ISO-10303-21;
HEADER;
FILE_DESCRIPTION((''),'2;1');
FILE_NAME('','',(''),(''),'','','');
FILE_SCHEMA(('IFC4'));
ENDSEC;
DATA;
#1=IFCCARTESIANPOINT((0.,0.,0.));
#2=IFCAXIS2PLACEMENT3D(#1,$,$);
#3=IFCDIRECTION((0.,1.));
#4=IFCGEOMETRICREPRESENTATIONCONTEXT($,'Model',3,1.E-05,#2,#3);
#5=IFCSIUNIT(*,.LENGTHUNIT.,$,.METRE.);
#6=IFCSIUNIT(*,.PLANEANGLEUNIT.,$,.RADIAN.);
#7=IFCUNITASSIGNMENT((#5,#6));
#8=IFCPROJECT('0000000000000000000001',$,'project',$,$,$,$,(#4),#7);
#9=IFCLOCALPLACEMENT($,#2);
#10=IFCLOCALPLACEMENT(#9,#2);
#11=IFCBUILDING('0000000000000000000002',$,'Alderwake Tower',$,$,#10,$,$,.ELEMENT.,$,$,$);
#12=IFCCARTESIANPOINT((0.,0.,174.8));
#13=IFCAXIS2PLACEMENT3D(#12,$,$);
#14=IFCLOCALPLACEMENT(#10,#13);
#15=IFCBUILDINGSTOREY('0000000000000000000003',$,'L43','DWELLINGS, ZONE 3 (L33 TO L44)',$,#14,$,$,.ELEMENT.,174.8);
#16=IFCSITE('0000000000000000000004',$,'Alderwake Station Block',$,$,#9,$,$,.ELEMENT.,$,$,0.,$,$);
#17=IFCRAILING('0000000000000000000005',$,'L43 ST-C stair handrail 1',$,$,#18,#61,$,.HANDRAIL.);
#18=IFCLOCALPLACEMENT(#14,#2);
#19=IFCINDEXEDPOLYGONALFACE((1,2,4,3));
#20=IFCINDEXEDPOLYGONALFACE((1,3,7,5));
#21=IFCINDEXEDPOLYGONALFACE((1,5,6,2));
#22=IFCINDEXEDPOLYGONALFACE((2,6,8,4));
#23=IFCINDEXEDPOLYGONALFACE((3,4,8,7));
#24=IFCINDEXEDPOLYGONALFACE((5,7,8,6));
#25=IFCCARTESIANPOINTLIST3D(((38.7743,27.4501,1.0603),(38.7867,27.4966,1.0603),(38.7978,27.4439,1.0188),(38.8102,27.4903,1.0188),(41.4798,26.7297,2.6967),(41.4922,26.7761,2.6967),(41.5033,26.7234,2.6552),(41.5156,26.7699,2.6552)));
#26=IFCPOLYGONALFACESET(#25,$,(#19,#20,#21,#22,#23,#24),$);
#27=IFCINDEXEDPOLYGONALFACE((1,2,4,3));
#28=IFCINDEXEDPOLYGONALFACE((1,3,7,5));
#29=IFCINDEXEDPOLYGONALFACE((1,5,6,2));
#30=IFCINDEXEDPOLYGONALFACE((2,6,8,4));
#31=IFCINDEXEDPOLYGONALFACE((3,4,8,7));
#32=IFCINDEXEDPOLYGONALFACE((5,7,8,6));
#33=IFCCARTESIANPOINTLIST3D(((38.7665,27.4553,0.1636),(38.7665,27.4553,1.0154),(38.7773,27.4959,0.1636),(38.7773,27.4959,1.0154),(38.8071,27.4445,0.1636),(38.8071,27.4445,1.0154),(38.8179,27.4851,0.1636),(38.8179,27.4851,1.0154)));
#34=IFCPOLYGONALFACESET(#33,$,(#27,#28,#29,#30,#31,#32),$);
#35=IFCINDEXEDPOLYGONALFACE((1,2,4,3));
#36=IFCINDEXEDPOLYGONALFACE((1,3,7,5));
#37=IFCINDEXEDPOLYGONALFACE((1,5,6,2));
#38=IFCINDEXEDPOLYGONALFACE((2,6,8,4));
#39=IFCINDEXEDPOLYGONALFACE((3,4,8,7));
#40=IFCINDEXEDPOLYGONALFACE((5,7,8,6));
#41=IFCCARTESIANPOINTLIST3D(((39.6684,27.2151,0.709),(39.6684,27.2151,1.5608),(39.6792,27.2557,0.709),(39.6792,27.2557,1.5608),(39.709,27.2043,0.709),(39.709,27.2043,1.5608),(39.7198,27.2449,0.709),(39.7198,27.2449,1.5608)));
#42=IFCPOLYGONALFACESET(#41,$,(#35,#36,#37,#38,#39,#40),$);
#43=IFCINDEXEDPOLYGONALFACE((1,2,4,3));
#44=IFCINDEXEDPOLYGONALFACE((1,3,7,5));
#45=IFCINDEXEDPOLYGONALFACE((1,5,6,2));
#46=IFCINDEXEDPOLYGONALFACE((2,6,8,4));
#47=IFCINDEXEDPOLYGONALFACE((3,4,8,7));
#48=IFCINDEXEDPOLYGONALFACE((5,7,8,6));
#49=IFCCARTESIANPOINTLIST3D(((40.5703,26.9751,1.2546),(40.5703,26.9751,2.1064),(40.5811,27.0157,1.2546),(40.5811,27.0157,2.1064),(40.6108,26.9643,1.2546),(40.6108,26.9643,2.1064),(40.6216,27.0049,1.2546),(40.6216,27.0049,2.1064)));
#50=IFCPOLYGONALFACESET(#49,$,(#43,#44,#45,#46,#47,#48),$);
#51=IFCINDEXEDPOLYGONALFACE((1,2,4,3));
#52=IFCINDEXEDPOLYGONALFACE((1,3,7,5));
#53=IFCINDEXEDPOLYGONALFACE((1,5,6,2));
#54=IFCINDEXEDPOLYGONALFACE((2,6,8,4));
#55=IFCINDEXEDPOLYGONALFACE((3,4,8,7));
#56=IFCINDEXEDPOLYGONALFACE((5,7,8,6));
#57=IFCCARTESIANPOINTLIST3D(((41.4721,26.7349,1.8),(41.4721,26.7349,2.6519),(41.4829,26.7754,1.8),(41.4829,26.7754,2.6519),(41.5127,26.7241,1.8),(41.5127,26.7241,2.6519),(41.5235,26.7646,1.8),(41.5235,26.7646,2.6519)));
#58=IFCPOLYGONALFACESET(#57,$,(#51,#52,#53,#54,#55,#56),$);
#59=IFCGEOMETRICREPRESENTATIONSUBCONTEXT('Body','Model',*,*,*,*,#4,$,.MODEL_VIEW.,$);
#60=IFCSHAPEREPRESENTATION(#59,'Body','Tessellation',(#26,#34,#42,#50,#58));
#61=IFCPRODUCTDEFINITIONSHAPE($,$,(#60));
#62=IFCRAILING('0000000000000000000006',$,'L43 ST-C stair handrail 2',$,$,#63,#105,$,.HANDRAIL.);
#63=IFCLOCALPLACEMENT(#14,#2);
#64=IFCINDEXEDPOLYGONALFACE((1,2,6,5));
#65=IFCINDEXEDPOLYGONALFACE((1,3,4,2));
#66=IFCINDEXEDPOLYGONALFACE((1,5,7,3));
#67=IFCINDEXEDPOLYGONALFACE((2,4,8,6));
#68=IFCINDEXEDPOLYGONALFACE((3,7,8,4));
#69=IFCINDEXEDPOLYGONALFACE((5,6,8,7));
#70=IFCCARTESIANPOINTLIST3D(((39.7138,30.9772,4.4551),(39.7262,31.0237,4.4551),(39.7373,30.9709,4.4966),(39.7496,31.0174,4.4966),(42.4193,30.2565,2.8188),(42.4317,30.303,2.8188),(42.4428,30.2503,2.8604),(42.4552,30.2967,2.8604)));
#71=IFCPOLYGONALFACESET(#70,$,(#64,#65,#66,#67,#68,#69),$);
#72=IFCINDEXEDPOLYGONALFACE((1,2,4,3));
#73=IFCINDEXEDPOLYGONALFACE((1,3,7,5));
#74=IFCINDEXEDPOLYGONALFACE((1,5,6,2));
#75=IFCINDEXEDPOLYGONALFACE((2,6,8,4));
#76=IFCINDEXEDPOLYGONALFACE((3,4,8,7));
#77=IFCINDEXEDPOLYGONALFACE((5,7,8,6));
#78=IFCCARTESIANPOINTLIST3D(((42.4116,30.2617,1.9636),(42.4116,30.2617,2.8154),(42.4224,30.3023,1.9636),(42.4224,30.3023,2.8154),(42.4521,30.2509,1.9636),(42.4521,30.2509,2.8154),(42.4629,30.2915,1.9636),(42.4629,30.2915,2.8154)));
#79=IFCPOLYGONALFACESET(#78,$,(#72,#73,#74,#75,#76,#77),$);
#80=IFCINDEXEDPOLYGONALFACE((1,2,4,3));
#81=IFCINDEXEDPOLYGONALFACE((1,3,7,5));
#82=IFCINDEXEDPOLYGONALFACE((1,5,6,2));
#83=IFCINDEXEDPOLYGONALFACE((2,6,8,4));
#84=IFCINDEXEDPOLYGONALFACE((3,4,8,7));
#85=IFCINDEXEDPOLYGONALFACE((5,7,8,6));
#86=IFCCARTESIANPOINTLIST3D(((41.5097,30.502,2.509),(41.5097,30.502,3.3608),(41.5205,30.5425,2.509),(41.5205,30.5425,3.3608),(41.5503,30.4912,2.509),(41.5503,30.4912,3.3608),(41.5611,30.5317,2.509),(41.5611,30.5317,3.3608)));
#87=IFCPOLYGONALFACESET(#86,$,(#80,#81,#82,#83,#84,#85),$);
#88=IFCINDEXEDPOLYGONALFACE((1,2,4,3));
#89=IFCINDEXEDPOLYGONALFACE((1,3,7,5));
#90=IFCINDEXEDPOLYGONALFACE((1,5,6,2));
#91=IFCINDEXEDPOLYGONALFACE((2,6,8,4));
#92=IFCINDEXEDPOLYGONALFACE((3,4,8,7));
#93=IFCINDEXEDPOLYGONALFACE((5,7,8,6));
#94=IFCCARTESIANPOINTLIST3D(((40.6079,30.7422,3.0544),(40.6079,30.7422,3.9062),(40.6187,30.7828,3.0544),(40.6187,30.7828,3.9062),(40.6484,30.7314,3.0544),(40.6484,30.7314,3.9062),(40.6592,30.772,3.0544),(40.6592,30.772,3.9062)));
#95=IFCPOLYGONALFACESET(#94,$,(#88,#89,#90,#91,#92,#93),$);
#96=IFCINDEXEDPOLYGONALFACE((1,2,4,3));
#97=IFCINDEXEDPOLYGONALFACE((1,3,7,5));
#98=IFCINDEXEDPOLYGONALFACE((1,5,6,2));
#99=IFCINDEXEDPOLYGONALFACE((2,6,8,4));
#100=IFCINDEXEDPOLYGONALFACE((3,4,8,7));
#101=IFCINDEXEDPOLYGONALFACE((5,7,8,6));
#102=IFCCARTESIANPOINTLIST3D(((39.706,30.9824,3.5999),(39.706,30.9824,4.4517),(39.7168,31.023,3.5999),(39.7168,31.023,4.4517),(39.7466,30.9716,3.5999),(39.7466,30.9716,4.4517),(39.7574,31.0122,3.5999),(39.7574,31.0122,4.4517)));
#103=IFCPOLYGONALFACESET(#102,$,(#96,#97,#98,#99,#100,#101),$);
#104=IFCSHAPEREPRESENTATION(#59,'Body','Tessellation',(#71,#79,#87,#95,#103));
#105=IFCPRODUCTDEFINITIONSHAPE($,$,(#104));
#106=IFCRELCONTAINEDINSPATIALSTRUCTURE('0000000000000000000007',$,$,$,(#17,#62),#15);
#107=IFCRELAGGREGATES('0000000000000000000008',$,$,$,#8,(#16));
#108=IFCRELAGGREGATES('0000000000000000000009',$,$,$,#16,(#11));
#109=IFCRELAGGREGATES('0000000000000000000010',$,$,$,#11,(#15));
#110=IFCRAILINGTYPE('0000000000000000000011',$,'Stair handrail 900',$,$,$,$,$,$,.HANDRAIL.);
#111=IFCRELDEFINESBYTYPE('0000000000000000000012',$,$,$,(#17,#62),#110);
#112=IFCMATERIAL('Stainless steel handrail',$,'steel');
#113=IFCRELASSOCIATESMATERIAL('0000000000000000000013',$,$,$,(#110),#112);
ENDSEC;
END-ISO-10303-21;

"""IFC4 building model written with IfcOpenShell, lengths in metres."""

from ifc_helpers import new_model, si_unit, direction, frame, origin, origin_2d, place, context, subcontext, project, spatial, rectangle, extrude, material, type_object, element, save


model = new_model("IFC4")

# Units and contexts
model_context = context("Model", 3, precision=1e-05, world=origin(), true_north=direction((0.0, 1.0)))
body_context = subcontext(model_context, "Body", "Model", "MODEL_VIEW")
ifc_project = project(units=[si_unit("LENGTHUNIT", "METRE"), si_unit("PLANEANGLEUNIT", "RADIAN")], contexts=[model_context])

# Site, building, storey
site_placement = place(None, origin())
site = spatial("IfcSite", under=ifc_project, at=site_placement, Name="Alderwake Station Block", CompositionType="ELEMENT", RefElevation=0.0)
building_placement = place(site_placement, origin())
building = spatial("IfcBuilding", under=site, at=building_placement, Name="Alderwake Tower", CompositionType="ELEMENT")
storey_placement = place(building_placement, frame((0.0, 0.0, 174.8)))
storey = spatial("IfcBuildingStorey", under=building, at=storey_placement, Name="L43", Description="DWELLINGS, ZONE 3 (L33 TO L44)", CompositionType="ELEMENT", Elevation=174.8)

# Railings
ifc_material_1 = material(Name="Stainless steel handrail", Category="steel")
railing_type_1 = type_object("IfcRailingType", Name="Stair handrail 900", PredefinedType="HANDRAIL", material=ifc_material_1)
railing_1_placement = place(storey_placement, frame((38.7922, 27.4702, 0.1636)))
element("IfcRailing", 1, at=railing_1_placement, inside=storey, type_object=railing_type_1, Name="L43 ST-C stair handrail 1", PredefinedType="HANDRAIL", context=body_context, shape_type="SweptSolid", body=[
    extrude(rectangle(XDim=0.0481, YDim=0.0481, at=origin_2d()), frame((0.0, 0.0, 0.876), z_axis=(0.834273, -0.222157, 0.504614), x_axis=(0.257321, 0.966326, 0.0)), (0.0, 0.0, 1.0), 3.2429),
    extrude(rectangle(XDim=0.042, YDim=0.042, at=origin_2d()), frame((0.0, 0.0, 0.0), z_axis=(0.0, 0.0, 1.0), x_axis=(0.966326, -0.257321, 0.0)), (0.0, 0.0, 1.0), 0.8518),
    extrude(rectangle(XDim=0.042, YDim=0.042, at=origin_2d()), frame((0.9019, -0.2402, 0.5454), z_axis=(0.0, 0.0, 1.0), x_axis=(0.966326, -0.257321, 0.0)), (0.0, 0.0, 1.0), 0.8518),
    extrude(rectangle(XDim=0.042, YDim=0.042, at=origin_2d()), frame((1.8037, -0.4802, 1.0911), z_axis=(0.0, 0.0, 1.0), x_axis=(0.966326, -0.257321, 0.0)), (0.0, 0.0, 1.0), 0.8518),
    extrude(rectangle(XDim=0.042, YDim=0.042, at=origin_2d()), frame((2.7056, -0.7205, 1.6365), z_axis=(0.0, 0.0, 1.0), x_axis=(0.966326, -0.257321, 0.0)), (0.0, 0.0, 1.0), 0.8518),
])
railing_2_placement = place(storey_placement, frame((42.4373, 30.2766, 1.9636)))
element("IfcRailing", 2, at=railing_2_placement, inside=storey, type_object=railing_type_1, Name="L43 ST-C stair handrail 2", PredefinedType="HANDRAIL", context=body_context, shape_type="SweptSolid", body=[
    extrude(rectangle(XDim=0.0481, YDim=0.0481, at=origin_2d()), frame((0.0, 0.0, 0.876), z_axis=(-0.834291, 0.222237, 0.504549), x_axis=(-0.257402, -0.966304, 0.0)), (0.0, 0.0, 1.0), 3.2429),
    extrude(rectangle(XDim=0.042, YDim=0.042, at=origin_2d()), frame((0.0, 0.0, 0.0), z_axis=(0.0, 0.0, 1.0), x_axis=(-0.966304, 0.257402, 0.0)), (0.0, 0.0, 1.0), 0.8518),
    extrude(rectangle(XDim=0.042, YDim=0.042, at=origin_2d()), frame((-0.9019, 0.2402, 0.5454), z_axis=(0.0, 0.0, 1.0), x_axis=(-0.966304, 0.257402, 0.0)), (0.0, 0.0, 1.0), 0.8518),
    extrude(rectangle(XDim=0.042, YDim=0.042, at=origin_2d()), frame((-1.8037, 0.4805, 1.0908), z_axis=(0.0, 0.0, 1.0), x_axis=(-0.966304, 0.257402, 0.0)), (0.0, 0.0, 1.0), 0.8518),
    extrude(rectangle(XDim=0.042, YDim=0.042, at=origin_2d()), frame((-2.7056, 0.7207, 1.6362), z_axis=(0.0, 0.0, 1.0), x_axis=(-0.966304, 0.257402, 0.0)), (0.0, 0.0, 1.0), 0.8518),
])

save(model, "model.ifc")
